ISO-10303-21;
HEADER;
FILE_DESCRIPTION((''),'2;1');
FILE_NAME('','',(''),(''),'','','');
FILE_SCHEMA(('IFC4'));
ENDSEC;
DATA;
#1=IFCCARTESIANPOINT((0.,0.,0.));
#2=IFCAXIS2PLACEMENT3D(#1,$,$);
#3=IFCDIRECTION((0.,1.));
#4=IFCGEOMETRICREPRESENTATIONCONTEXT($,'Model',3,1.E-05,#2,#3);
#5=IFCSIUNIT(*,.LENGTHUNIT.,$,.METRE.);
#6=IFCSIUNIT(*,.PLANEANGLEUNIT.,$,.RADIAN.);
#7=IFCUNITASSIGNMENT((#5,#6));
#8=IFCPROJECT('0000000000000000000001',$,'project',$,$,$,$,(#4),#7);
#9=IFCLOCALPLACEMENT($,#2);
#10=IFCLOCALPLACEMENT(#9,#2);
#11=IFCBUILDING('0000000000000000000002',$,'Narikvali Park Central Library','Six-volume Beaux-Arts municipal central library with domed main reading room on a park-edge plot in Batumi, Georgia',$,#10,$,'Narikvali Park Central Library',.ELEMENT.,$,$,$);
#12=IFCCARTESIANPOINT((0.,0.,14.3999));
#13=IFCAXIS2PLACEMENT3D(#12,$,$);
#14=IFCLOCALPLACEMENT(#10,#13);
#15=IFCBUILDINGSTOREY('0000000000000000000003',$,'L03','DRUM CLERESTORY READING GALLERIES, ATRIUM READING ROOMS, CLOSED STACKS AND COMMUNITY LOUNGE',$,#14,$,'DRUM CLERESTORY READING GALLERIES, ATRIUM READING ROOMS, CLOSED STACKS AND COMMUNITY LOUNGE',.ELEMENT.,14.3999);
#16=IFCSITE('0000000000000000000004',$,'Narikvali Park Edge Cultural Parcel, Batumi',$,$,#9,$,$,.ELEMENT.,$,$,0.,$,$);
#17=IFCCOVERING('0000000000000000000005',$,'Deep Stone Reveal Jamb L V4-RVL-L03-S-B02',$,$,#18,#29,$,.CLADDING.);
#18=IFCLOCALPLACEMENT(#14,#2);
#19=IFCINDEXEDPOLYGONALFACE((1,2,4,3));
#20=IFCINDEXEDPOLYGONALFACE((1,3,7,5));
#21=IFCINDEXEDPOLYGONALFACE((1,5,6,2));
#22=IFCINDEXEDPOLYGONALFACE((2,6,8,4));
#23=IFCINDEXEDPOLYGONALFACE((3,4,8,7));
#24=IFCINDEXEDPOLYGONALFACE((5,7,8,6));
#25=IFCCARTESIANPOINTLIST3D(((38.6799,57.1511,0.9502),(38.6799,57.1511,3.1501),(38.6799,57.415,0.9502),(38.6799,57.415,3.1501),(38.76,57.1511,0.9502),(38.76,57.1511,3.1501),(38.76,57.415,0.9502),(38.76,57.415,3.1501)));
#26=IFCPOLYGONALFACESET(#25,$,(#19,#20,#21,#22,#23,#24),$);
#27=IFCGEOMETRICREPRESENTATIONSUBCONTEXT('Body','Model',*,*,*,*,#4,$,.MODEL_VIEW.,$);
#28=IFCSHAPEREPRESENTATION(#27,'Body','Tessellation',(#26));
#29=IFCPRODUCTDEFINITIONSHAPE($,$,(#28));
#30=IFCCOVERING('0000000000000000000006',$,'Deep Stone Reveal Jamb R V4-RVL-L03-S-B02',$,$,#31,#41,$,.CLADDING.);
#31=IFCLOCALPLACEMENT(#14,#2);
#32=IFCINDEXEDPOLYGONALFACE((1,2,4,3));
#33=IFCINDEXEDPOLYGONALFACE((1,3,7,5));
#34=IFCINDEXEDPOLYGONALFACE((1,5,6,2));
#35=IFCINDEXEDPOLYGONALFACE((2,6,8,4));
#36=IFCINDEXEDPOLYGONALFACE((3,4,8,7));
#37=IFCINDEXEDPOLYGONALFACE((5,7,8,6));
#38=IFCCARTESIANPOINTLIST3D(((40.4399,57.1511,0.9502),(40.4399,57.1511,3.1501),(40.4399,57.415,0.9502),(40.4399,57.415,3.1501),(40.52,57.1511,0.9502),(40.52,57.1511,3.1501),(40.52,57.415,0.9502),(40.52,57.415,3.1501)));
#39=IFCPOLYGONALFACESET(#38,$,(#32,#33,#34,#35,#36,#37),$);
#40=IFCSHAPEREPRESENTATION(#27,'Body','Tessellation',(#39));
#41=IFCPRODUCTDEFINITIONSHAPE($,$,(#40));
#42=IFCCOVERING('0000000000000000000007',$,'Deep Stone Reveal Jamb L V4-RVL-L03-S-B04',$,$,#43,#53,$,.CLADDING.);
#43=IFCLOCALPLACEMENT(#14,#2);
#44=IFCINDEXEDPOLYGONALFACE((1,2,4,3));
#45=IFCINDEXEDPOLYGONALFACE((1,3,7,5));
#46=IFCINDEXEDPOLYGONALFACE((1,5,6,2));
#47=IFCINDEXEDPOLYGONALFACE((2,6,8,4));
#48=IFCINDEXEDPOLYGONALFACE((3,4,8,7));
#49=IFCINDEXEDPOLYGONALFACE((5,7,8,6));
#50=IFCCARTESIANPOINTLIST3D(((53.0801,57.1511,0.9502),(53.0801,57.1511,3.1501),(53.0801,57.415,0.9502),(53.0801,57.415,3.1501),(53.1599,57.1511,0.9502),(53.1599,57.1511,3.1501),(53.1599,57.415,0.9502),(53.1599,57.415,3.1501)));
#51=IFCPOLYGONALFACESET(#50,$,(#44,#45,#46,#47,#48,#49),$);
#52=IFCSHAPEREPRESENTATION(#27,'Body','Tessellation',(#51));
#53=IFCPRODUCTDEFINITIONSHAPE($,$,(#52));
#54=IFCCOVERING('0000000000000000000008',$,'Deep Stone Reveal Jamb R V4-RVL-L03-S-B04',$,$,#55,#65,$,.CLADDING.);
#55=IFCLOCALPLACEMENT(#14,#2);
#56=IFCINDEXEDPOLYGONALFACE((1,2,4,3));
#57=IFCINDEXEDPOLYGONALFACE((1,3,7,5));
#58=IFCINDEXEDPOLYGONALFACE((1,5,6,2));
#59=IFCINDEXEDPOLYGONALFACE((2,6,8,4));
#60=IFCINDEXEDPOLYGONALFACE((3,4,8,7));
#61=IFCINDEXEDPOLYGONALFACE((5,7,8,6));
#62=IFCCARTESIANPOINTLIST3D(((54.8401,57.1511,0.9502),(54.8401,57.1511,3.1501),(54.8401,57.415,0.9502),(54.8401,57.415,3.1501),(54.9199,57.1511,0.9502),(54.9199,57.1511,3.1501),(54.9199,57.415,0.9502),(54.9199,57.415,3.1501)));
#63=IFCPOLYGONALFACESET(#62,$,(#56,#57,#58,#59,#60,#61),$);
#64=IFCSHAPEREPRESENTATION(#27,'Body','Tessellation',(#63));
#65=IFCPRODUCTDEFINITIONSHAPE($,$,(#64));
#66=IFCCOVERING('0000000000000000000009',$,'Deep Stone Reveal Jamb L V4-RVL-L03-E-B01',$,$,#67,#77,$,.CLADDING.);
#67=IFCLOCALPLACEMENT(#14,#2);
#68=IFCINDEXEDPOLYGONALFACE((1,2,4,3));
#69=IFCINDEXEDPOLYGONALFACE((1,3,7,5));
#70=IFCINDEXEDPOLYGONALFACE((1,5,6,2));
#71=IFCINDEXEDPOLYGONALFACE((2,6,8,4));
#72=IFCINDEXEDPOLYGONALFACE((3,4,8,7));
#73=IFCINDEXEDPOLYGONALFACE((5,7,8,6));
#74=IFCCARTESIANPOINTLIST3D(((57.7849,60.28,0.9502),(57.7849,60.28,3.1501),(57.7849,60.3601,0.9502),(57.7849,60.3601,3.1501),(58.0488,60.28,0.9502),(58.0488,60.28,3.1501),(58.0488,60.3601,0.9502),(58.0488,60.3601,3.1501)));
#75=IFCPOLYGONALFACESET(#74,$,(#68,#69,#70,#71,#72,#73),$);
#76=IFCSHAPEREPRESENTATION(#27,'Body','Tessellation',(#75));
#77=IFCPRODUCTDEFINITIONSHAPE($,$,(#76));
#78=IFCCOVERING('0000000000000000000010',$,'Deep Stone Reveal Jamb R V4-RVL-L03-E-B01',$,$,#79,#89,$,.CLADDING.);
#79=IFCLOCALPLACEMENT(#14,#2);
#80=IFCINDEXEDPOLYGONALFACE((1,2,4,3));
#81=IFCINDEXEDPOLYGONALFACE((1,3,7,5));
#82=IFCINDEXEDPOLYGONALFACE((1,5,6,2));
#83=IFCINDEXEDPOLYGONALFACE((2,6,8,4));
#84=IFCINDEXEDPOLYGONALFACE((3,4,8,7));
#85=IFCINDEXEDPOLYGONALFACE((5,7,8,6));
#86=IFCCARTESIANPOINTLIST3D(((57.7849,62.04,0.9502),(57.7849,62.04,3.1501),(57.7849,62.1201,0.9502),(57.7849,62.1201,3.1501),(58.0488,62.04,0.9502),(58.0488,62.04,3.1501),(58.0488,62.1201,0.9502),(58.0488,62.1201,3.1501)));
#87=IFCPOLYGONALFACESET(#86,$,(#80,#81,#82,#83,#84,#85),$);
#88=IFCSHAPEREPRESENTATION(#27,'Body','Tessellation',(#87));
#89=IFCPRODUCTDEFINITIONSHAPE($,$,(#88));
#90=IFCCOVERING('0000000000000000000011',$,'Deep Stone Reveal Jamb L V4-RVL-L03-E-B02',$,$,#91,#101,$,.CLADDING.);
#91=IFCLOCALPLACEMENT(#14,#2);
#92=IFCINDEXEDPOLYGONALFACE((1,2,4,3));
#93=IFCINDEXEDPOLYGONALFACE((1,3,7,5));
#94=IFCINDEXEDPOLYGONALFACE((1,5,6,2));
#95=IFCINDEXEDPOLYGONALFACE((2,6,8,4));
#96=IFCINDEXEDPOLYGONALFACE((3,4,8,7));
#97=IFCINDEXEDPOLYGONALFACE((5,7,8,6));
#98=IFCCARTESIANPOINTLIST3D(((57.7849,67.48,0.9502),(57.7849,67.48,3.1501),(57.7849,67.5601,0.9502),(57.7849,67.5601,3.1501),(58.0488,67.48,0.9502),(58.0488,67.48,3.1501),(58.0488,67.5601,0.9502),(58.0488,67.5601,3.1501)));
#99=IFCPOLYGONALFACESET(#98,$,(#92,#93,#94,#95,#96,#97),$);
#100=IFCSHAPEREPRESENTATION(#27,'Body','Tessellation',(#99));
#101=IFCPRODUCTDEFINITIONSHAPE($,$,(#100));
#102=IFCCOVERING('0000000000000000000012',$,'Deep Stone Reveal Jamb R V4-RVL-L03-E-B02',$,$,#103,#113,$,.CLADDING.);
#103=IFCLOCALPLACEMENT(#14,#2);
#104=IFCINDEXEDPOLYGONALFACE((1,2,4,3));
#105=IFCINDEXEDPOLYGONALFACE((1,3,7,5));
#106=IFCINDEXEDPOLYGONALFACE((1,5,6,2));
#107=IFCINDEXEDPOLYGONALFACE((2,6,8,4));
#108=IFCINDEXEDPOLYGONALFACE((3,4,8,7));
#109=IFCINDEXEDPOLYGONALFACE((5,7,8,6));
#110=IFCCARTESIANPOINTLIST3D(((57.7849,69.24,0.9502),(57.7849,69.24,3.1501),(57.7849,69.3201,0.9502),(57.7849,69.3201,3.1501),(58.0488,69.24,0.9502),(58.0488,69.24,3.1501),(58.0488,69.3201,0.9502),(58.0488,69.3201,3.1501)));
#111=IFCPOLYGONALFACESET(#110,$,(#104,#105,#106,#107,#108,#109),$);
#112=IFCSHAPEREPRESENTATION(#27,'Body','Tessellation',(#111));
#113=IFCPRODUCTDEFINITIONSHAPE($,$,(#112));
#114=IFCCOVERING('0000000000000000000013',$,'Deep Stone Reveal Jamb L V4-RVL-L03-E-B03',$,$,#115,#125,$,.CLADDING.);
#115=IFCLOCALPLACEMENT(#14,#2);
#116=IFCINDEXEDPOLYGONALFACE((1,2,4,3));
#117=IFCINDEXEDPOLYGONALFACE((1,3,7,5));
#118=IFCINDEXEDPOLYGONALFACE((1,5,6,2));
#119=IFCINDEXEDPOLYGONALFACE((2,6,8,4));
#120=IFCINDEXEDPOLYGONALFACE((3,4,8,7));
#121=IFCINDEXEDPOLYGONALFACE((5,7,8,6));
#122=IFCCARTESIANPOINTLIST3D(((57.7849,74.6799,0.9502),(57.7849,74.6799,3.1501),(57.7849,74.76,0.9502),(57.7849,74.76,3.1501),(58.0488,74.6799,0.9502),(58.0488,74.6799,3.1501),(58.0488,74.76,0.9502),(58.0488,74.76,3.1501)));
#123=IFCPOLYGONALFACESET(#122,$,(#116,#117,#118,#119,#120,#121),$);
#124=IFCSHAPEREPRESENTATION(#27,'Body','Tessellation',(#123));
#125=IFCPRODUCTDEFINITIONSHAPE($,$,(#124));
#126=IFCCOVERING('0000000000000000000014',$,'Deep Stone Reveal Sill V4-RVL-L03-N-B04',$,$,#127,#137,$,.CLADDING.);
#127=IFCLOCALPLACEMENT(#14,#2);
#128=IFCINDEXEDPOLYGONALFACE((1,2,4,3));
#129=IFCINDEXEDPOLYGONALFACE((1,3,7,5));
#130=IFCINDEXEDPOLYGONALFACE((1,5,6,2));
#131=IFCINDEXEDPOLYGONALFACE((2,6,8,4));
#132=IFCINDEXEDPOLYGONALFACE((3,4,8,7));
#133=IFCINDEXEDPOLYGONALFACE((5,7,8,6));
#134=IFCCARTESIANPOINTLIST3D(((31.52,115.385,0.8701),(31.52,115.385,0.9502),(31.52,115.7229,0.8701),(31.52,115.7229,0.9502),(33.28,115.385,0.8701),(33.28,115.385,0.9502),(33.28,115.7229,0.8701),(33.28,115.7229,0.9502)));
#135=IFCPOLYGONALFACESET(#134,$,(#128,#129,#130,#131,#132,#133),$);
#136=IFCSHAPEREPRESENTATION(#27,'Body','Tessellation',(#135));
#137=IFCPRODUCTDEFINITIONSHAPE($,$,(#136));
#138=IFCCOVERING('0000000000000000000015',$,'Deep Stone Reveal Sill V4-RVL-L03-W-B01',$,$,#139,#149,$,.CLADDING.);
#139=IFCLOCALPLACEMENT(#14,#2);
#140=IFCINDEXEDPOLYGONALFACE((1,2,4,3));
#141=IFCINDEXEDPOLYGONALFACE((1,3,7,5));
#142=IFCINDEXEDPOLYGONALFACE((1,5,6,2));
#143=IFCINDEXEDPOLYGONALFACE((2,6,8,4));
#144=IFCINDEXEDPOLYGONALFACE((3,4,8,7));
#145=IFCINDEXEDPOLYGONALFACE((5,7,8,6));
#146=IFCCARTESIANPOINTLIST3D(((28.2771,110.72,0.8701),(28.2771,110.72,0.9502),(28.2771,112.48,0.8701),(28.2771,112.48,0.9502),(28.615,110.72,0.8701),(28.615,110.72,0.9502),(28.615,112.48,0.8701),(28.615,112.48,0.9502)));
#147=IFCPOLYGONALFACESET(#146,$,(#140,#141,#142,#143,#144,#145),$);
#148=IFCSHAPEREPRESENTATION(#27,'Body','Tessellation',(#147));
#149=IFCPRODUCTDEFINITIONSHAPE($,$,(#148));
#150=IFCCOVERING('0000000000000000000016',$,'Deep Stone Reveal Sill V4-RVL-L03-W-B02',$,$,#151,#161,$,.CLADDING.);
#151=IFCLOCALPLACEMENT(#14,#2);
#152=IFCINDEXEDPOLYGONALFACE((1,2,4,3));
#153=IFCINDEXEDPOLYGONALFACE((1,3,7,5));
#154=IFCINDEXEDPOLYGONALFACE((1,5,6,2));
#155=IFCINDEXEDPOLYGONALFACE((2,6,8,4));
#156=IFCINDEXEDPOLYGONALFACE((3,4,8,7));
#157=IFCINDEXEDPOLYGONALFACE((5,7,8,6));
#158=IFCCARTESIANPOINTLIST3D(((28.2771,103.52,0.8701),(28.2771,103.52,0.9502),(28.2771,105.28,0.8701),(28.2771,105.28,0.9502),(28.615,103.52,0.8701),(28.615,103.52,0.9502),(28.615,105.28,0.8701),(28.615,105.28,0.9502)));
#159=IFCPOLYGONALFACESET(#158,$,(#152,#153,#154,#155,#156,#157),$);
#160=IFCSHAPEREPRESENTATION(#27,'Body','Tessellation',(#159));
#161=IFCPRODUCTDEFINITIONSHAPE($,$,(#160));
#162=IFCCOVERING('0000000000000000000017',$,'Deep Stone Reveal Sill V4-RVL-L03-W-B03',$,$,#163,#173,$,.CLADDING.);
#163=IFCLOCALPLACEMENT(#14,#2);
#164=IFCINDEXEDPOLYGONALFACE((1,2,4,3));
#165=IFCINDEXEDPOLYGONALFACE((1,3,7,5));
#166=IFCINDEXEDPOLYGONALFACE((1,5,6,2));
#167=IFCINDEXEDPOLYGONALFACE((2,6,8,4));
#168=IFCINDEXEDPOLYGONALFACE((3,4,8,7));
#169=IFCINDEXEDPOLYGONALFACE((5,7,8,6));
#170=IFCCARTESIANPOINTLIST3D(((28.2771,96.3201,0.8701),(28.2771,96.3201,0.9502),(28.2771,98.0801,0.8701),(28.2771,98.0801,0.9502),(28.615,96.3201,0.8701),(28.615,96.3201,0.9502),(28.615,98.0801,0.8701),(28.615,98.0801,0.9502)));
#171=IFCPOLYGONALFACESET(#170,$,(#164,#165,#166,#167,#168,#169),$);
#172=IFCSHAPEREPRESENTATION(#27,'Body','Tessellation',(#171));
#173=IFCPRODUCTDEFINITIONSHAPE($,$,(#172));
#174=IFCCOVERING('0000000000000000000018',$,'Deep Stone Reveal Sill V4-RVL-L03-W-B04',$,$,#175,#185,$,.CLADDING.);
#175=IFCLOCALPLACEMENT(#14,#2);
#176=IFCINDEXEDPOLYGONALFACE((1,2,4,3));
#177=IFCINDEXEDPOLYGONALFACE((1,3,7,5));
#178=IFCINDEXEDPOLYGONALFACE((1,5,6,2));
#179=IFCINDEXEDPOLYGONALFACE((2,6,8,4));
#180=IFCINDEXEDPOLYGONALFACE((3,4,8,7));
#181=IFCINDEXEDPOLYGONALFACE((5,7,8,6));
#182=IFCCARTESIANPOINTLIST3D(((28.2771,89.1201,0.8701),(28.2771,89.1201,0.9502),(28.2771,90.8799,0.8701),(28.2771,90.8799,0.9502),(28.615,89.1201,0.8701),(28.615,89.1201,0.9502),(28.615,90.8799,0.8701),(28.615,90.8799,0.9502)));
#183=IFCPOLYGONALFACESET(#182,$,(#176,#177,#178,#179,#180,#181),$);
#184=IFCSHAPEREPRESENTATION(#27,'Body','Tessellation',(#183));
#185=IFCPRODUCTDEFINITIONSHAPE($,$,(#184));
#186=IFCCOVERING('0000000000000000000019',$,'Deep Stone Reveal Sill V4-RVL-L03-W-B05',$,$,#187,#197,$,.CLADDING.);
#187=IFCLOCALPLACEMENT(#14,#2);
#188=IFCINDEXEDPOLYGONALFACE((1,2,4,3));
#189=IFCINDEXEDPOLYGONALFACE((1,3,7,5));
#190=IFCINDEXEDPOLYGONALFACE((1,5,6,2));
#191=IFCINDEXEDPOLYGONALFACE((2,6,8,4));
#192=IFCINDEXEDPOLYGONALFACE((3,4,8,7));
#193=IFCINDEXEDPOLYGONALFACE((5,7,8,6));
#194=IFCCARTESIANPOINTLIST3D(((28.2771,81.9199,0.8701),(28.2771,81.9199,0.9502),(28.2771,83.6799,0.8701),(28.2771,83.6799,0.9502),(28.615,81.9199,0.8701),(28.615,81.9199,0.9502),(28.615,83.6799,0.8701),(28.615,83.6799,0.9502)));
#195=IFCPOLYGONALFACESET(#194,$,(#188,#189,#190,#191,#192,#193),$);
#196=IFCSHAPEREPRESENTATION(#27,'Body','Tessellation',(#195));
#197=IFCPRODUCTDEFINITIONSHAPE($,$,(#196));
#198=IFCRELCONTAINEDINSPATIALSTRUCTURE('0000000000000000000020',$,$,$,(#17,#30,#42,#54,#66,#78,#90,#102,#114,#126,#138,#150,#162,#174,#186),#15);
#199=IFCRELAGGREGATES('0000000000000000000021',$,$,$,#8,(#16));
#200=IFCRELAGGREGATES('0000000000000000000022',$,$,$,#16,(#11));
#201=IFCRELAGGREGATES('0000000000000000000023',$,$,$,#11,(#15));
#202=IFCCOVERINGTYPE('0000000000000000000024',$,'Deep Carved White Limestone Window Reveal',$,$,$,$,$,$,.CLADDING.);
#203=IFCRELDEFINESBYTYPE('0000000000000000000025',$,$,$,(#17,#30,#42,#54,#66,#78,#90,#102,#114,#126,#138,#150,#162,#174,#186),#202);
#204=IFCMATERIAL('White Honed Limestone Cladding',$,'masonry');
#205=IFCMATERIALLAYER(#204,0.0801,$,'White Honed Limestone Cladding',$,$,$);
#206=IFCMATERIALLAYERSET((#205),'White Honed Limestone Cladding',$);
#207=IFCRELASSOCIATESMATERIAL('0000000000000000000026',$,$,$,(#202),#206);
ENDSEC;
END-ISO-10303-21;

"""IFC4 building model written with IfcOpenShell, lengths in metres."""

from ifc_helpers import new_model, si_unit, direction, frame, origin, place, context, subcontext, project, spatial, polyline, outline, extrude, material, layer, layer_set, type_object, element, save


model = new_model("IFC4")

# Units and contexts
model_context = context("Model", 3, precision=1e-05, world=origin(), true_north=direction((0.0, 1.0)))
body_context = subcontext(model_context, "Body", "Model", "MODEL_VIEW")
ifc_project = project(units=[si_unit("LENGTHUNIT", "METRE"), si_unit("PLANEANGLEUNIT", "RADIAN")], contexts=[model_context])

# Site, building, storey
site_placement = place(None, origin())
site = spatial("IfcSite", under=ifc_project, at=site_placement, Name="Narikvali Park Edge Cultural Parcel, Batumi", CompositionType="ELEMENT", RefElevation=0.0)
building_placement = place(site_placement, origin())
building = spatial("IfcBuilding", under=site, at=building_placement, Name="Narikvali Park Central Library", Description="Six-volume Beaux-Arts municipal central library with domed main reading room on a park-edge plot in Batumi, Georgia", LongName="Narikvali Park Central Library", CompositionType="ELEMENT")
storey_placement = place(building_placement, frame((0.0, 0.0, 14.3999)))
storey = spatial("IfcBuildingStorey", under=building, at=storey_placement, Name="L03", Description="DRUM CLERESTORY READING GALLERIES, ATRIUM READING ROOMS, CLOSED STACKS AND COMMUNITY LOUNGE", LongName="DRUM CLERESTORY READING GALLERIES, ATRIUM READING ROOMS, CLOSED STACKS AND COMMUNITY LOUNGE", CompositionType="ELEMENT", Elevation=14.3999)

# Coverings
ifc_material_1 = material(Name="White Honed Limestone Cladding", Category="masonry")
ifc_layer_1 = layer(ifc_material_1, 0.0801, Name="White Honed Limestone Cladding")
ifc_layer_set_1 = layer_set([ifc_layer_1], Name="White Honed Limestone Cladding")
covering_type = type_object("IfcCoveringType", Name="Deep Carved White Limestone Window Reveal", PredefinedType="CLADDING", material=ifc_layer_set_1)
covering_1_placement = place(storey_placement, frame((0.0, 0.0, 0.9502)))
element("IfcCovering", 1, at=covering_1_placement, inside=storey, type_object=covering_type, Name="Deep Stone Reveal Jamb L V4-RVL-L03-S-B02", PredefinedType="CLADDING", context=body_context, shape_type="SweptSolid", body=[
    extrude(outline(polyline([(38.6799, 57.415), (38.76, 57.415), (38.76, 57.1511), (38.6799, 57.1511), (38.6799, 57.415)])), origin(), (0.0, 0.0, 1.0), 2.2),
])
covering_2_placement = place(storey_placement, frame((0.0, 0.0, 0.9502)))
element("IfcCovering", 2, at=covering_2_placement, inside=storey, type_object=covering_type, Name="Deep Stone Reveal Jamb R V4-RVL-L03-S-B02", PredefinedType="CLADDING", context=body_context, shape_type="SweptSolid", body=[
    extrude(outline(polyline([(40.4399, 57.415), (40.52, 57.415), (40.52, 57.1511), (40.4399, 57.1511), (40.4399, 57.415)])), origin(), (0.0, 0.0, 1.0), 2.2),
])
covering_3_placement = place(storey_placement, frame((0.0, 0.0, 0.9502)))
element("IfcCovering", 3, at=covering_3_placement, inside=storey, type_object=covering_type, Name="Deep Stone Reveal Jamb L V4-RVL-L03-S-B04", PredefinedType="CLADDING", context=body_context, shape_type="SweptSolid", body=[
    extrude(outline(polyline([(53.0801, 57.415), (53.1599, 57.415), (53.1599, 57.1511), (53.0801, 57.1511), (53.0801, 57.415)])), origin(), (0.0, 0.0, 1.0), 2.2),
])
covering_4_placement = place(storey_placement, frame((0.0, 0.0, 0.9502)))
element("IfcCovering", 4, at=covering_4_placement, inside=storey, type_object=covering_type, Name="Deep Stone Reveal Jamb R V4-RVL-L03-S-B04", PredefinedType="CLADDING", context=body_context, shape_type="SweptSolid", body=[
    extrude(outline(polyline([(54.8401, 57.415), (54.9199, 57.415), (54.9199, 57.1511), (54.8401, 57.1511), (54.8401, 57.415)])), origin(), (0.0, 0.0, 1.0), 2.2),
])
covering_5_placement = place(storey_placement, frame((0.0, 0.0, 0.9502)))
element("IfcCovering", 5, at=covering_5_placement, inside=storey, type_object=covering_type, Name="Deep Stone Reveal Jamb L V4-RVL-L03-E-B01", PredefinedType="CLADDING", context=body_context, shape_type="SweptSolid", body=[
    extrude(outline(polyline([(57.7849, 60.28), (57.7849, 60.3601), (58.0488, 60.3601), (58.0488, 60.28), (57.7849, 60.28)])), origin(), (0.0, 0.0, 1.0), 2.2),
])
covering_6_placement = place(storey_placement, frame((0.0, 0.0, 0.9502)))
element("IfcCovering", 6, at=covering_6_placement, inside=storey, type_object=covering_type, Name="Deep Stone Reveal Jamb R V4-RVL-L03-E-B01", PredefinedType="CLADDING", context=body_context, shape_type="SweptSolid", body=[
    extrude(outline(polyline([(57.7849, 62.04), (57.7849, 62.1201), (58.0488, 62.1201), (58.0488, 62.04), (57.7849, 62.04)])), origin(), (0.0, 0.0, 1.0), 2.2),
])
covering_7_placement = place(storey_placement, frame((0.0, 0.0, 0.9502)))
element("IfcCovering", 7, at=covering_7_placement, inside=storey, type_object=covering_type, Name="Deep Stone Reveal Jamb L V4-RVL-L03-E-B02", PredefinedType="CLADDING", context=body_context, shape_type="SweptSolid", body=[
    extrude(outline(polyline([(57.7849, 67.48), (57.7849, 67.5601), (58.0488, 67.5601), (58.0488, 67.48), (57.7849, 67.48)])), origin(), (0.0, 0.0, 1.0), 2.2),
])
covering_8_placement = place(storey_placement, frame((0.0, 0.0, 0.9502)))
element("IfcCovering", 8, at=covering_8_placement, inside=storey, type_object=covering_type, Name="Deep Stone Reveal Jamb R V4-RVL-L03-E-B02", PredefinedType="CLADDING", context=body_context, shape_type="SweptSolid", body=[
    extrude(outline(polyline([(57.7849, 69.24), (57.7849, 69.3201), (58.0488, 69.3201), (58.0488, 69.24), (57.7849, 69.24)])), origin(), (0.0, 0.0, 1.0), 2.2),
])
covering_9_placement = place(storey_placement, frame((0.0, 0.0, 0.9502)))
element("IfcCovering", 9, at=covering_9_placement, inside=storey, type_object=covering_type, Name="Deep Stone Reveal Jamb L V4-RVL-L03-E-B03", PredefinedType="CLADDING", context=body_context, shape_type="SweptSolid", body=[
    extrude(outline(polyline([(57.7849, 74.6799), (57.7849, 74.76), (58.0488, 74.76), (58.0488, 74.6799), (57.7849, 74.6799)])), origin(), (0.0, 0.0, 1.0), 2.2),
])
covering_10_placement = place(storey_placement, frame((0.0, 0.0, 0.8701)))
element("IfcCovering", 10, at=covering_10_placement, inside=storey, type_object=covering_type, Name="Deep Stone Reveal Sill V4-RVL-L03-N-B04", PredefinedType="CLADDING", context=body_context, shape_type="SweptSolid", body=[
    extrude(outline(polyline([(33.28, 115.385), (31.52, 115.385), (31.52, 115.7229), (33.28, 115.7229), (33.28, 115.385)])), origin(), (0.0, 0.0, 1.0), 0.0801),
])
covering_11_placement = place(storey_placement, frame((0.0, 0.0, 0.8701)))
element("IfcCovering", 11, at=covering_11_placement, inside=storey, type_object=covering_type, Name="Deep Stone Reveal Sill V4-RVL-L03-W-B01", PredefinedType="CLADDING", context=body_context, shape_type="SweptSolid", body=[
    extrude(outline(polyline([(28.615, 112.48), (28.615, 110.72), (28.2771, 110.72), (28.2771, 112.48), (28.615, 112.48)])), origin(), (0.0, 0.0, 1.0), 0.0801),
])
covering_12_placement = place(storey_placement, frame((0.0, 0.0, 0.8701)))
element("IfcCovering", 12, at=covering_12_placement, inside=storey, type_object=covering_type, Name="Deep Stone Reveal Sill V4-RVL-L03-W-B02", PredefinedType="CLADDING", context=body_context, shape_type="SweptSolid", body=[
    extrude(outline(polyline([(28.615, 105.28), (28.615, 103.52), (28.2771, 103.52), (28.2771, 105.28), (28.615, 105.28)])), origin(), (0.0, 0.0, 1.0), 0.0801),
])
covering_13_placement = place(storey_placement, frame((0.0, 0.0, 0.8701)))
element("IfcCovering", 13, at=covering_13_placement, inside=storey, type_object=covering_type, Name="Deep Stone Reveal Sill V4-RVL-L03-W-B03", PredefinedType="CLADDING", context=body_context, shape_type="SweptSolid", body=[
    extrude(outline(polyline([(28.615, 98.0801), (28.615, 96.3201), (28.2771, 96.3201), (28.2771, 98.0801), (28.615, 98.0801)])), origin(), (0.0, 0.0, 1.0), 0.0801),
])
covering_14_placement = place(storey_placement, frame((0.0, 0.0, 0.8701)))
element("IfcCovering", 14, at=covering_14_placement, inside=storey, type_object=covering_type, Name="Deep Stone Reveal Sill V4-RVL-L03-W-B04", PredefinedType="CLADDING", context=body_context, shape_type="SweptSolid", body=[
    extrude(outline(polyline([(28.615, 90.8799), (28.615, 89.1201), (28.2771, 89.1201), (28.2771, 90.8799), (28.615, 90.8799)])), origin(), (0.0, 0.0, 1.0), 0.0801),
])
covering_15_placement = place(storey_placement, frame((0.0, 0.0, 0.8701)))
element("IfcCovering", 15, at=covering_15_placement, inside=storey, type_object=covering_type, Name="Deep Stone Reveal Sill V4-RVL-L03-W-B05", PredefinedType="CLADDING", context=body_context, shape_type="SweptSolid", body=[
    extrude(outline(polyline([(28.615, 83.6799), (28.615, 81.9199), (28.2771, 81.9199), (28.2771, 83.6799), (28.615, 83.6799)])), origin(), (0.0, 0.0, 1.0), 0.0801),
])

save(model, "model.ifc")
